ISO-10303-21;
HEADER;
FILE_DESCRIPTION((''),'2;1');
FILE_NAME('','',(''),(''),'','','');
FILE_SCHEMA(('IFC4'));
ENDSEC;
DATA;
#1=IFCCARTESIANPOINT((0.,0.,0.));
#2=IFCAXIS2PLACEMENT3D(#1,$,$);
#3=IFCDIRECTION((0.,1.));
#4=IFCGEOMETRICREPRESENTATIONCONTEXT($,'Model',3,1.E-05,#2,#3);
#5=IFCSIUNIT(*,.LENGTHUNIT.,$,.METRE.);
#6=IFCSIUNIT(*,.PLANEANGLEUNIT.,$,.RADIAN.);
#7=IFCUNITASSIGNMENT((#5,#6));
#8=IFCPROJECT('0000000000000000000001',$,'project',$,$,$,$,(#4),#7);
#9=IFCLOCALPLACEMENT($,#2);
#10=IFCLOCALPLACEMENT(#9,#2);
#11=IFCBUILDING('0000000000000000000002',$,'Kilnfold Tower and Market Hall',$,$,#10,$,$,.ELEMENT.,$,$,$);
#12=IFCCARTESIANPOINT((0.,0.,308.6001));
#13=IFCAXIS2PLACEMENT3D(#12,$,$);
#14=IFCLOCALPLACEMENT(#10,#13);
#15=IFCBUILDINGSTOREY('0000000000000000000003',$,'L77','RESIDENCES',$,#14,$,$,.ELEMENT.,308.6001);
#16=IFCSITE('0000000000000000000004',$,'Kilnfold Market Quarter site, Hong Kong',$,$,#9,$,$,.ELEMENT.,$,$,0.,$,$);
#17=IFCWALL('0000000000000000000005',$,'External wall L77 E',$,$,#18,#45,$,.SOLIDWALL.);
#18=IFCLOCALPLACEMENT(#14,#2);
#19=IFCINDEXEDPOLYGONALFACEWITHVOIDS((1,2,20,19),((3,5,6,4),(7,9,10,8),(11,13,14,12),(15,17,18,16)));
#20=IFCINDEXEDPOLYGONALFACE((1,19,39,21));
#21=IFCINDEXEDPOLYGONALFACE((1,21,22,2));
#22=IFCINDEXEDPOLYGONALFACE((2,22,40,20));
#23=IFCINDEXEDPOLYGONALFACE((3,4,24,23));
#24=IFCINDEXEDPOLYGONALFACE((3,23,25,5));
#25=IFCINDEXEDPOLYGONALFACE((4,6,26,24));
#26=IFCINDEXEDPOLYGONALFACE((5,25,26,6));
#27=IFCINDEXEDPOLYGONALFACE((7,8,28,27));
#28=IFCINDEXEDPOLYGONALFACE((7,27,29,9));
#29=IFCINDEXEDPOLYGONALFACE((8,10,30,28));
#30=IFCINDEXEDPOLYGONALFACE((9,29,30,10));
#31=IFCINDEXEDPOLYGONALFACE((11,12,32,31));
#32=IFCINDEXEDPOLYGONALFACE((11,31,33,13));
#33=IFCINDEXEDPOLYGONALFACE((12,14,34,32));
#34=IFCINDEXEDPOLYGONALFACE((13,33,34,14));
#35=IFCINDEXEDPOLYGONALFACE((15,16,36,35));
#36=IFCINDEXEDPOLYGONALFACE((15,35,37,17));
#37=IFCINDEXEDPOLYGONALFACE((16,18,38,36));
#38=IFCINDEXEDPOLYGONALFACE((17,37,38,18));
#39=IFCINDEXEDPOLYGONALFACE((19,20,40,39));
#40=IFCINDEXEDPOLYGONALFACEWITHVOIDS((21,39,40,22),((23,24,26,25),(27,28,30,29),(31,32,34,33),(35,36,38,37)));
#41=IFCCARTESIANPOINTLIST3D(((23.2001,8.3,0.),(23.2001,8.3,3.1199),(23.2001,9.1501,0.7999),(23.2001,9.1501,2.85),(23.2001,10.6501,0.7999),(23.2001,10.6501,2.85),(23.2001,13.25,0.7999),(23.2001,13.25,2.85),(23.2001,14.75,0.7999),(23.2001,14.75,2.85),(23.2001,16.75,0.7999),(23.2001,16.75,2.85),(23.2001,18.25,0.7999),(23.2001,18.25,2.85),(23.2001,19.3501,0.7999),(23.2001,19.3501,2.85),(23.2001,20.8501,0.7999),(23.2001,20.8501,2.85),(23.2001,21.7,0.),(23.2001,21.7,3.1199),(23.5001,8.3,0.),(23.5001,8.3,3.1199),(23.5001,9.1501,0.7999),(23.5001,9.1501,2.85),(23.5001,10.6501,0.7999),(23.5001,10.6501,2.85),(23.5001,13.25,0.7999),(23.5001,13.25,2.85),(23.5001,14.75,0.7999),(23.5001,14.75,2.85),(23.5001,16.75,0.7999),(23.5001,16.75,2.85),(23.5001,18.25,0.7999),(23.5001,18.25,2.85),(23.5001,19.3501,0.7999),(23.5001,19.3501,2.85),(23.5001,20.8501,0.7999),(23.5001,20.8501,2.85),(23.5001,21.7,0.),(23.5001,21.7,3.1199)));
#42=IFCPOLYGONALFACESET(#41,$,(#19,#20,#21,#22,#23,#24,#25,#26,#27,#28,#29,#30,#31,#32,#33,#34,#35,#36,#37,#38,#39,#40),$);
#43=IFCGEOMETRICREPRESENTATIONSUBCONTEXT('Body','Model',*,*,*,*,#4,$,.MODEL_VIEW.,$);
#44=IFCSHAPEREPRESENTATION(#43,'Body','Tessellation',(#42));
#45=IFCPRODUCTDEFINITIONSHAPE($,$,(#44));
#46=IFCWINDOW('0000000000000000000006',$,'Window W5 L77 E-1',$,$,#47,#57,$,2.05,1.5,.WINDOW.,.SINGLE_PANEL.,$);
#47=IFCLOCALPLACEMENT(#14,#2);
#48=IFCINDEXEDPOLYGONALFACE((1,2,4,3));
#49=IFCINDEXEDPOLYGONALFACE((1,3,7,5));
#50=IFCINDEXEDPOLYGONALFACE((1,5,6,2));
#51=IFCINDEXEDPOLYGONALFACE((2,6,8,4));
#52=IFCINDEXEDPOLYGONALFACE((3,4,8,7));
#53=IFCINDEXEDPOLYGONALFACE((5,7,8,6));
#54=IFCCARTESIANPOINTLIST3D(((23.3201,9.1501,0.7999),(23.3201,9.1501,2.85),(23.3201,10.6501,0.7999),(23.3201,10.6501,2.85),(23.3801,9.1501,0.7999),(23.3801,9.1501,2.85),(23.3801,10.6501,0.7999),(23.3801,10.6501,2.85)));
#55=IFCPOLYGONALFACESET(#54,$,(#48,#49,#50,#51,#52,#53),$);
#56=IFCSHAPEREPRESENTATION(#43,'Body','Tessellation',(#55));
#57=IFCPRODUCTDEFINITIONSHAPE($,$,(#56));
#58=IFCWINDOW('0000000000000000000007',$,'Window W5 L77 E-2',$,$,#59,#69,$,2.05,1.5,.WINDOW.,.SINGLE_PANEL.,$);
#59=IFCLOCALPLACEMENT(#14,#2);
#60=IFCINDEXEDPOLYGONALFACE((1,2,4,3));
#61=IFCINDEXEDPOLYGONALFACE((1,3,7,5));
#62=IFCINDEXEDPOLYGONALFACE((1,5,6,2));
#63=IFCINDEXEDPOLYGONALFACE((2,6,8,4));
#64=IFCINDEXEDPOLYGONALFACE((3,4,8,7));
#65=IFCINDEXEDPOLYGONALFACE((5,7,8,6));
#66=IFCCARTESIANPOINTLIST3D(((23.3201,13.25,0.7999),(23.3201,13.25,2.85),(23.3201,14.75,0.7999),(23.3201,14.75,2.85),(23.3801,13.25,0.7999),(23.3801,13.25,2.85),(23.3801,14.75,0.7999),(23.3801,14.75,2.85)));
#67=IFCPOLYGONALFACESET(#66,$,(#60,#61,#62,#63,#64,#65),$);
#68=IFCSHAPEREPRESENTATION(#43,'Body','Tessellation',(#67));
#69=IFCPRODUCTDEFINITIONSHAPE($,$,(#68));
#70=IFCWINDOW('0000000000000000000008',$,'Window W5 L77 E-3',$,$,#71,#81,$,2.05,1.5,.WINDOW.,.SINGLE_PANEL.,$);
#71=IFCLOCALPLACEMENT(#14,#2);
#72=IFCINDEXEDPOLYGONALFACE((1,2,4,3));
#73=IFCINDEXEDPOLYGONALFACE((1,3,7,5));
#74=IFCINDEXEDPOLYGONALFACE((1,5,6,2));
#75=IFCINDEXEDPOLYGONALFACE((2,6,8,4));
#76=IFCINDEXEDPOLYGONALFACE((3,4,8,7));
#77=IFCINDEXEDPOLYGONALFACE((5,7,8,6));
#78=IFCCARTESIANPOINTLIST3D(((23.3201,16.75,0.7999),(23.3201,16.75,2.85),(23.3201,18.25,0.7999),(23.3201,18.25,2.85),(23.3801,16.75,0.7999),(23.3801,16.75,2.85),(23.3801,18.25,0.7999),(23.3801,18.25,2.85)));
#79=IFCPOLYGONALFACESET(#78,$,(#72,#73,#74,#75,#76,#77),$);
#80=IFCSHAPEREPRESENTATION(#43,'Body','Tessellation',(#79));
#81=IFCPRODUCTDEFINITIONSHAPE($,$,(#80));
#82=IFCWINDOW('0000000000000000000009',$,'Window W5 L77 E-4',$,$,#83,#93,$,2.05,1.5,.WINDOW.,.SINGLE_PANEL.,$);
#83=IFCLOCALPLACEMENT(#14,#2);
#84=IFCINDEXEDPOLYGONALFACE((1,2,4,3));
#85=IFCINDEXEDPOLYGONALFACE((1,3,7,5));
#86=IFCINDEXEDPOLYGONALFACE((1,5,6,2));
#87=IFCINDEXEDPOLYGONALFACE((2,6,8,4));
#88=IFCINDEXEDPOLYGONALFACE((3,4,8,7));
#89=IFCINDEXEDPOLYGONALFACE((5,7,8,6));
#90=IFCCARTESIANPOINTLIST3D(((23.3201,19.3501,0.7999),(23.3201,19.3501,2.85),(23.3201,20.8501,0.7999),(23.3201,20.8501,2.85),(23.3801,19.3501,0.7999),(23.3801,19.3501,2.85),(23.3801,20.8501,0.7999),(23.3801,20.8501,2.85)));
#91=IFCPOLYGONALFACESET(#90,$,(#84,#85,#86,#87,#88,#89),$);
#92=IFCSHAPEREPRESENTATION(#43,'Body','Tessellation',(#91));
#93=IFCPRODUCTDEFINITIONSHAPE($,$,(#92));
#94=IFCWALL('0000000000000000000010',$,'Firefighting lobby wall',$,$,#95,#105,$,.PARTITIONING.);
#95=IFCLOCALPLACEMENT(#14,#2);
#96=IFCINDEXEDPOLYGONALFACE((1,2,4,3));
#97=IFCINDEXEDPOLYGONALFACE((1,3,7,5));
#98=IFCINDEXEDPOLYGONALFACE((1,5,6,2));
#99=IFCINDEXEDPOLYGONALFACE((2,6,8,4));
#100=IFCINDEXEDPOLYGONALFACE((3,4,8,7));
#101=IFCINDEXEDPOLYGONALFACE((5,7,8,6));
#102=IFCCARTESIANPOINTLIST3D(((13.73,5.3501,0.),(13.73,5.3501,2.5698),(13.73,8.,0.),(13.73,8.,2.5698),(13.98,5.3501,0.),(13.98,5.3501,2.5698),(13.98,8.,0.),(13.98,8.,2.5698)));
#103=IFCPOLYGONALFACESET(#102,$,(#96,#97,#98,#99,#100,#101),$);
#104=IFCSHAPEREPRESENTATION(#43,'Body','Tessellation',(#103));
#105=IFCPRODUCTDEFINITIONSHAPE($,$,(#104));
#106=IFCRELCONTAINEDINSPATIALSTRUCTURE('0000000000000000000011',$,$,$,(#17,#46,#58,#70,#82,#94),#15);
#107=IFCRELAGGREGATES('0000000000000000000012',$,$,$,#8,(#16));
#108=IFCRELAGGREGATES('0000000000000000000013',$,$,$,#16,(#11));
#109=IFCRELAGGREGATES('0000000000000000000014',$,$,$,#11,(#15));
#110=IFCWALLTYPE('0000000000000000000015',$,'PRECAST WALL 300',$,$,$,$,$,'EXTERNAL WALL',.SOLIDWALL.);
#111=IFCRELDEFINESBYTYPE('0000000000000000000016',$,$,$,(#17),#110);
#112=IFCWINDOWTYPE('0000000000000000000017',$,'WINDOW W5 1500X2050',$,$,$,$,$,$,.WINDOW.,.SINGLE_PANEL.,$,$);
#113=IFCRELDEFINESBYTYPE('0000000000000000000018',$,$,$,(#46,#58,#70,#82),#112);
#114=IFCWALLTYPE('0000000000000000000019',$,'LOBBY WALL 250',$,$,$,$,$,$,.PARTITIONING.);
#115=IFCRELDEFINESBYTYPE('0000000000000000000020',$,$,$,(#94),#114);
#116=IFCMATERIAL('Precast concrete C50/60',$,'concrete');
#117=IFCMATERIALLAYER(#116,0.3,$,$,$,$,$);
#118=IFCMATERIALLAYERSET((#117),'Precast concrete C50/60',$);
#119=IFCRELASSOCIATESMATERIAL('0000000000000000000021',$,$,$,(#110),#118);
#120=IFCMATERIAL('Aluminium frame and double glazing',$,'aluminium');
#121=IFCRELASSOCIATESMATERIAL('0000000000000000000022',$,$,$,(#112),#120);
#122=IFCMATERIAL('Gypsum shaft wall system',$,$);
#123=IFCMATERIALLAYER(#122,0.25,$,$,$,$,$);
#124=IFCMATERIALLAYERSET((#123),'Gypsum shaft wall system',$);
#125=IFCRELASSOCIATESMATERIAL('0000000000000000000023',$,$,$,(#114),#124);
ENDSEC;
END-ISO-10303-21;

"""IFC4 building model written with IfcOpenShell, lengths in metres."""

from ifc_helpers import new_model, si_unit, direction, frame, frame_2d, origin, place, context, subcontext, project, spatial, rectangle, extrude, source, transform, mapped, material, layer, layer_set, type_object, element, fill, save


model = new_model("IFC4")

# Units and contexts
model_context = context("Model", 3, precision=1e-05, world=origin(), true_north=direction((0.0, 1.0)))
body_context = subcontext(model_context, "Body", "Model", "MODEL_VIEW")
ifc_project = project(units=[si_unit("LENGTHUNIT", "METRE"), si_unit("PLANEANGLEUNIT", "RADIAN")], contexts=[model_context])

# Site, building, storey
site_placement = place(None, origin())
site = spatial("IfcSite", under=ifc_project, at=site_placement, Name="Kilnfold Market Quarter site, Hong Kong", CompositionType="ELEMENT", RefElevation=0.0)
building_placement = place(site_placement, origin())
building = spatial("IfcBuilding", under=site, at=building_placement, Name="Kilnfold Tower and Market Hall", CompositionType="ELEMENT")
storey_placement = place(building_placement, frame((0.0, 0.0, 308.6001)))
storey = spatial("IfcBuildingStorey", under=building, at=storey_placement, Name="L77", Description="RESIDENCES", CompositionType="ELEMENT", Elevation=308.6001)

# Shared definitions
ifc_material_1 = material(Name="Precast concrete C50/60", Category="concrete")
ifc_layer_1 = layer(ifc_material_1, 0.3)
ifc_layer_set_1 = layer_set([ifc_layer_1], Name="Precast concrete C50/60")
wall_type_1 = type_object("IfcWallType", Name="PRECAST WALL 300", ElementType="EXTERNAL WALL", PredefinedType="SOLIDWALL", material=ifc_layer_set_1)
ifc_material_2 = material(Name="Aluminium frame and double glazing", Category="aluminium")
window_type = type_object("IfcWindowType", Name="WINDOW W5 1500X2050", PartitioningType="SINGLE_PANEL", PredefinedType="WINDOW", material=ifc_material_2)

# Wall, openings, windows
shared_shape_1 = source(origin(), body_context, "Body", "SweptSolid", [
    extrude(rectangle(XDim=13.3999, YDim=0.3, at=frame_2d((6.7, 0.0))), origin(), (0.0, 0.0, 1.0), 3.1199),
])
wall_1_placement = place(storey_placement, frame((23.3501, 8.3, 0.0), z_axis=(0.0, 0.0, 1.0), x_axis=(0.0, 1.0, 0.0)))
wall_1 = element("IfcWall", 1, at=wall_1_placement, inside=storey, type_object=wall_type_1, Name="External wall L77 E", PredefinedType="SOLIDWALL", context=body_context, shape_type="MappedRepresentation", body=[
    mapped(shared_shape_1, transform((0.0, 0.0, 0.0))),
])
opening_1_placement = place(wall_1_placement, frame((0.8501, 0.0, 0.8)))
opening_1 = element("IfcOpeningElement", 2, at=opening_1_placement, cuts=wall_1, PredefinedType="OPENING", context=body_context, shape_type="SweptSolid", body=[
    extrude(rectangle(XDim=1.5, YDim=2.05, at=frame_2d((0.75, 1.0249))), frame((0.0, 0.1602, 0.0), z_axis=(0.0, -1.0, 0.0), x_axis=(1.0, 0.0, 0.0)), (0.0, 0.0, 1.0), 0.3201),
])
opening_2_placement = place(wall_1_placement, frame((4.95, 0.0, 0.8)))
opening_2 = element("IfcOpeningElement", 3, at=opening_2_placement, cuts=wall_1, PredefinedType="OPENING", context=body_context, shape_type="SweptSolid", body=[
    extrude(rectangle(XDim=1.5, YDim=2.05, at=frame_2d((0.75, 1.0249))), frame((0.0, 0.1602, 0.0), z_axis=(0.0, -1.0, 0.0), x_axis=(1.0, 0.0, 0.0)), (0.0, 0.0, 1.0), 0.3201),
])
opening_3_placement = place(wall_1_placement, frame((8.45, 0.0, 0.8)))
opening_3 = element("IfcOpeningElement", 4, at=opening_3_placement, cuts=wall_1, PredefinedType="OPENING", context=body_context, shape_type="SweptSolid", body=[
    extrude(rectangle(XDim=1.5, YDim=2.05, at=frame_2d((0.75, 1.0249))), frame((0.0, 0.1602, 0.0), z_axis=(0.0, -1.0, 0.0), x_axis=(1.0, 0.0, 0.0)), (0.0, 0.0, 1.0), 0.3201),
])
opening_4_placement = place(wall_1_placement, frame((11.05, 0.0, 0.8)))
opening_4 = element("IfcOpeningElement", 5, at=opening_4_placement, cuts=wall_1, PredefinedType="OPENING", context=body_context, shape_type="SweptSolid", body=[
    extrude(rectangle(XDim=1.5, YDim=2.05, at=frame_2d((0.75, 1.0249))), frame((0.0, 0.1602, 0.0), z_axis=(0.0, -1.0, 0.0), x_axis=(1.0, 0.0, 0.0)), (0.0, 0.0, 1.0), 0.3201),
])
window_1_placement = place(opening_1_placement, origin())
window_1 = element("IfcWindow", 6, at=window_1_placement, inside=storey, type_object=window_type, Name="Window W5 L77 E-1", OverallHeight=2.05, OverallWidth=1.5, PartitioningType="SINGLE_PANEL", PredefinedType="WINDOW", context=body_context, shape_type="SweptSolid", body=[
    extrude(rectangle(XDim=1.5, YDim=2.05, at=frame_2d((0.75, 1.0249))), frame((0.0, 0.03, 0.0), z_axis=(0.0, -1.0, 0.0), x_axis=(1.0, 0.0, 0.0)), (0.0, 0.0, 1.0), 0.0601),
])
fill(opening_1, window_1)
window_2_placement = place(opening_2_placement, origin())
window_2 = element("IfcWindow", 7, at=window_2_placement, inside=storey, type_object=window_type, Name="Window W5 L77 E-2", OverallHeight=2.05, OverallWidth=1.5, PartitioningType="SINGLE_PANEL", PredefinedType="WINDOW", context=body_context, shape_type="SweptSolid", body=[
    extrude(rectangle(XDim=1.5, YDim=2.05, at=frame_2d((0.75, 1.0249))), frame((0.0, 0.03, 0.0), z_axis=(0.0, -1.0, 0.0), x_axis=(1.0, 0.0, 0.0)), (0.0, 0.0, 1.0), 0.0601),
])
fill(opening_2, window_2)
window_3_placement = place(opening_3_placement, origin())
window_3 = element("IfcWindow", 8, at=window_3_placement, inside=storey, type_object=window_type, Name="Window W5 L77 E-3", OverallHeight=2.05, OverallWidth=1.5, PartitioningType="SINGLE_PANEL", PredefinedType="WINDOW", context=body_context, shape_type="SweptSolid", body=[
    extrude(rectangle(XDim=1.5, YDim=2.05, at=frame_2d((0.75, 1.0249))), frame((0.0, 0.03, 0.0), z_axis=(0.0, -1.0, 0.0), x_axis=(1.0, 0.0, 0.0)), (0.0, 0.0, 1.0), 0.0601),
])
fill(opening_3, window_3)
window_4_placement = place(opening_4_placement, origin())
window_4 = element("IfcWindow", 9, at=window_4_placement, inside=storey, type_object=window_type, Name="Window W5 L77 E-4", OverallHeight=2.05, OverallWidth=1.5, PartitioningType="SINGLE_PANEL", PredefinedType="WINDOW", context=body_context, shape_type="SweptSolid", body=[
    extrude(rectangle(XDim=1.5, YDim=2.05, at=frame_2d((0.75, 1.0249))), frame((0.0, 0.03, 0.0), z_axis=(0.0, -1.0, 0.0), x_axis=(1.0, 0.0, 0.0)), (0.0, 0.0, 1.0), 0.0601),
])
fill(opening_4, window_4)

# Wall
ifc_material_3 = material(Name="Gypsum shaft wall system")
ifc_layer_2 = layer(ifc_material_3, 0.25)
ifc_layer_set_2 = layer_set([ifc_layer_2], Name="Gypsum shaft wall system")
wall_type_2 = type_object("IfcWallType", Name="LOBBY WALL 250", PredefinedType="PARTITIONING", material=ifc_layer_set_2)
shared_shape_2 = source(origin(), body_context, "Body", "SweptSolid", [
    extrude(rectangle(XDim=2.6499, YDim=0.25, at=frame_2d((1.325, 0.0))), origin(), (0.0, 0.0, 1.0), 2.5698),
])
wall_2_placement = place(storey_placement, frame((13.855, 5.3501, 0.0), z_axis=(0.0, 0.0, 1.0), x_axis=(0.0, 1.0, 0.0)))
element("IfcWall", 10, at=wall_2_placement, inside=storey, type_object=wall_type_2, Name="Firefighting lobby wall", PredefinedType="PARTITIONING", context=body_context, shape_type="MappedRepresentation", body=[
    mapped(shared_shape_2, transform((0.0, 0.0, 0.0))),
])

save(model, "model.ifc")
